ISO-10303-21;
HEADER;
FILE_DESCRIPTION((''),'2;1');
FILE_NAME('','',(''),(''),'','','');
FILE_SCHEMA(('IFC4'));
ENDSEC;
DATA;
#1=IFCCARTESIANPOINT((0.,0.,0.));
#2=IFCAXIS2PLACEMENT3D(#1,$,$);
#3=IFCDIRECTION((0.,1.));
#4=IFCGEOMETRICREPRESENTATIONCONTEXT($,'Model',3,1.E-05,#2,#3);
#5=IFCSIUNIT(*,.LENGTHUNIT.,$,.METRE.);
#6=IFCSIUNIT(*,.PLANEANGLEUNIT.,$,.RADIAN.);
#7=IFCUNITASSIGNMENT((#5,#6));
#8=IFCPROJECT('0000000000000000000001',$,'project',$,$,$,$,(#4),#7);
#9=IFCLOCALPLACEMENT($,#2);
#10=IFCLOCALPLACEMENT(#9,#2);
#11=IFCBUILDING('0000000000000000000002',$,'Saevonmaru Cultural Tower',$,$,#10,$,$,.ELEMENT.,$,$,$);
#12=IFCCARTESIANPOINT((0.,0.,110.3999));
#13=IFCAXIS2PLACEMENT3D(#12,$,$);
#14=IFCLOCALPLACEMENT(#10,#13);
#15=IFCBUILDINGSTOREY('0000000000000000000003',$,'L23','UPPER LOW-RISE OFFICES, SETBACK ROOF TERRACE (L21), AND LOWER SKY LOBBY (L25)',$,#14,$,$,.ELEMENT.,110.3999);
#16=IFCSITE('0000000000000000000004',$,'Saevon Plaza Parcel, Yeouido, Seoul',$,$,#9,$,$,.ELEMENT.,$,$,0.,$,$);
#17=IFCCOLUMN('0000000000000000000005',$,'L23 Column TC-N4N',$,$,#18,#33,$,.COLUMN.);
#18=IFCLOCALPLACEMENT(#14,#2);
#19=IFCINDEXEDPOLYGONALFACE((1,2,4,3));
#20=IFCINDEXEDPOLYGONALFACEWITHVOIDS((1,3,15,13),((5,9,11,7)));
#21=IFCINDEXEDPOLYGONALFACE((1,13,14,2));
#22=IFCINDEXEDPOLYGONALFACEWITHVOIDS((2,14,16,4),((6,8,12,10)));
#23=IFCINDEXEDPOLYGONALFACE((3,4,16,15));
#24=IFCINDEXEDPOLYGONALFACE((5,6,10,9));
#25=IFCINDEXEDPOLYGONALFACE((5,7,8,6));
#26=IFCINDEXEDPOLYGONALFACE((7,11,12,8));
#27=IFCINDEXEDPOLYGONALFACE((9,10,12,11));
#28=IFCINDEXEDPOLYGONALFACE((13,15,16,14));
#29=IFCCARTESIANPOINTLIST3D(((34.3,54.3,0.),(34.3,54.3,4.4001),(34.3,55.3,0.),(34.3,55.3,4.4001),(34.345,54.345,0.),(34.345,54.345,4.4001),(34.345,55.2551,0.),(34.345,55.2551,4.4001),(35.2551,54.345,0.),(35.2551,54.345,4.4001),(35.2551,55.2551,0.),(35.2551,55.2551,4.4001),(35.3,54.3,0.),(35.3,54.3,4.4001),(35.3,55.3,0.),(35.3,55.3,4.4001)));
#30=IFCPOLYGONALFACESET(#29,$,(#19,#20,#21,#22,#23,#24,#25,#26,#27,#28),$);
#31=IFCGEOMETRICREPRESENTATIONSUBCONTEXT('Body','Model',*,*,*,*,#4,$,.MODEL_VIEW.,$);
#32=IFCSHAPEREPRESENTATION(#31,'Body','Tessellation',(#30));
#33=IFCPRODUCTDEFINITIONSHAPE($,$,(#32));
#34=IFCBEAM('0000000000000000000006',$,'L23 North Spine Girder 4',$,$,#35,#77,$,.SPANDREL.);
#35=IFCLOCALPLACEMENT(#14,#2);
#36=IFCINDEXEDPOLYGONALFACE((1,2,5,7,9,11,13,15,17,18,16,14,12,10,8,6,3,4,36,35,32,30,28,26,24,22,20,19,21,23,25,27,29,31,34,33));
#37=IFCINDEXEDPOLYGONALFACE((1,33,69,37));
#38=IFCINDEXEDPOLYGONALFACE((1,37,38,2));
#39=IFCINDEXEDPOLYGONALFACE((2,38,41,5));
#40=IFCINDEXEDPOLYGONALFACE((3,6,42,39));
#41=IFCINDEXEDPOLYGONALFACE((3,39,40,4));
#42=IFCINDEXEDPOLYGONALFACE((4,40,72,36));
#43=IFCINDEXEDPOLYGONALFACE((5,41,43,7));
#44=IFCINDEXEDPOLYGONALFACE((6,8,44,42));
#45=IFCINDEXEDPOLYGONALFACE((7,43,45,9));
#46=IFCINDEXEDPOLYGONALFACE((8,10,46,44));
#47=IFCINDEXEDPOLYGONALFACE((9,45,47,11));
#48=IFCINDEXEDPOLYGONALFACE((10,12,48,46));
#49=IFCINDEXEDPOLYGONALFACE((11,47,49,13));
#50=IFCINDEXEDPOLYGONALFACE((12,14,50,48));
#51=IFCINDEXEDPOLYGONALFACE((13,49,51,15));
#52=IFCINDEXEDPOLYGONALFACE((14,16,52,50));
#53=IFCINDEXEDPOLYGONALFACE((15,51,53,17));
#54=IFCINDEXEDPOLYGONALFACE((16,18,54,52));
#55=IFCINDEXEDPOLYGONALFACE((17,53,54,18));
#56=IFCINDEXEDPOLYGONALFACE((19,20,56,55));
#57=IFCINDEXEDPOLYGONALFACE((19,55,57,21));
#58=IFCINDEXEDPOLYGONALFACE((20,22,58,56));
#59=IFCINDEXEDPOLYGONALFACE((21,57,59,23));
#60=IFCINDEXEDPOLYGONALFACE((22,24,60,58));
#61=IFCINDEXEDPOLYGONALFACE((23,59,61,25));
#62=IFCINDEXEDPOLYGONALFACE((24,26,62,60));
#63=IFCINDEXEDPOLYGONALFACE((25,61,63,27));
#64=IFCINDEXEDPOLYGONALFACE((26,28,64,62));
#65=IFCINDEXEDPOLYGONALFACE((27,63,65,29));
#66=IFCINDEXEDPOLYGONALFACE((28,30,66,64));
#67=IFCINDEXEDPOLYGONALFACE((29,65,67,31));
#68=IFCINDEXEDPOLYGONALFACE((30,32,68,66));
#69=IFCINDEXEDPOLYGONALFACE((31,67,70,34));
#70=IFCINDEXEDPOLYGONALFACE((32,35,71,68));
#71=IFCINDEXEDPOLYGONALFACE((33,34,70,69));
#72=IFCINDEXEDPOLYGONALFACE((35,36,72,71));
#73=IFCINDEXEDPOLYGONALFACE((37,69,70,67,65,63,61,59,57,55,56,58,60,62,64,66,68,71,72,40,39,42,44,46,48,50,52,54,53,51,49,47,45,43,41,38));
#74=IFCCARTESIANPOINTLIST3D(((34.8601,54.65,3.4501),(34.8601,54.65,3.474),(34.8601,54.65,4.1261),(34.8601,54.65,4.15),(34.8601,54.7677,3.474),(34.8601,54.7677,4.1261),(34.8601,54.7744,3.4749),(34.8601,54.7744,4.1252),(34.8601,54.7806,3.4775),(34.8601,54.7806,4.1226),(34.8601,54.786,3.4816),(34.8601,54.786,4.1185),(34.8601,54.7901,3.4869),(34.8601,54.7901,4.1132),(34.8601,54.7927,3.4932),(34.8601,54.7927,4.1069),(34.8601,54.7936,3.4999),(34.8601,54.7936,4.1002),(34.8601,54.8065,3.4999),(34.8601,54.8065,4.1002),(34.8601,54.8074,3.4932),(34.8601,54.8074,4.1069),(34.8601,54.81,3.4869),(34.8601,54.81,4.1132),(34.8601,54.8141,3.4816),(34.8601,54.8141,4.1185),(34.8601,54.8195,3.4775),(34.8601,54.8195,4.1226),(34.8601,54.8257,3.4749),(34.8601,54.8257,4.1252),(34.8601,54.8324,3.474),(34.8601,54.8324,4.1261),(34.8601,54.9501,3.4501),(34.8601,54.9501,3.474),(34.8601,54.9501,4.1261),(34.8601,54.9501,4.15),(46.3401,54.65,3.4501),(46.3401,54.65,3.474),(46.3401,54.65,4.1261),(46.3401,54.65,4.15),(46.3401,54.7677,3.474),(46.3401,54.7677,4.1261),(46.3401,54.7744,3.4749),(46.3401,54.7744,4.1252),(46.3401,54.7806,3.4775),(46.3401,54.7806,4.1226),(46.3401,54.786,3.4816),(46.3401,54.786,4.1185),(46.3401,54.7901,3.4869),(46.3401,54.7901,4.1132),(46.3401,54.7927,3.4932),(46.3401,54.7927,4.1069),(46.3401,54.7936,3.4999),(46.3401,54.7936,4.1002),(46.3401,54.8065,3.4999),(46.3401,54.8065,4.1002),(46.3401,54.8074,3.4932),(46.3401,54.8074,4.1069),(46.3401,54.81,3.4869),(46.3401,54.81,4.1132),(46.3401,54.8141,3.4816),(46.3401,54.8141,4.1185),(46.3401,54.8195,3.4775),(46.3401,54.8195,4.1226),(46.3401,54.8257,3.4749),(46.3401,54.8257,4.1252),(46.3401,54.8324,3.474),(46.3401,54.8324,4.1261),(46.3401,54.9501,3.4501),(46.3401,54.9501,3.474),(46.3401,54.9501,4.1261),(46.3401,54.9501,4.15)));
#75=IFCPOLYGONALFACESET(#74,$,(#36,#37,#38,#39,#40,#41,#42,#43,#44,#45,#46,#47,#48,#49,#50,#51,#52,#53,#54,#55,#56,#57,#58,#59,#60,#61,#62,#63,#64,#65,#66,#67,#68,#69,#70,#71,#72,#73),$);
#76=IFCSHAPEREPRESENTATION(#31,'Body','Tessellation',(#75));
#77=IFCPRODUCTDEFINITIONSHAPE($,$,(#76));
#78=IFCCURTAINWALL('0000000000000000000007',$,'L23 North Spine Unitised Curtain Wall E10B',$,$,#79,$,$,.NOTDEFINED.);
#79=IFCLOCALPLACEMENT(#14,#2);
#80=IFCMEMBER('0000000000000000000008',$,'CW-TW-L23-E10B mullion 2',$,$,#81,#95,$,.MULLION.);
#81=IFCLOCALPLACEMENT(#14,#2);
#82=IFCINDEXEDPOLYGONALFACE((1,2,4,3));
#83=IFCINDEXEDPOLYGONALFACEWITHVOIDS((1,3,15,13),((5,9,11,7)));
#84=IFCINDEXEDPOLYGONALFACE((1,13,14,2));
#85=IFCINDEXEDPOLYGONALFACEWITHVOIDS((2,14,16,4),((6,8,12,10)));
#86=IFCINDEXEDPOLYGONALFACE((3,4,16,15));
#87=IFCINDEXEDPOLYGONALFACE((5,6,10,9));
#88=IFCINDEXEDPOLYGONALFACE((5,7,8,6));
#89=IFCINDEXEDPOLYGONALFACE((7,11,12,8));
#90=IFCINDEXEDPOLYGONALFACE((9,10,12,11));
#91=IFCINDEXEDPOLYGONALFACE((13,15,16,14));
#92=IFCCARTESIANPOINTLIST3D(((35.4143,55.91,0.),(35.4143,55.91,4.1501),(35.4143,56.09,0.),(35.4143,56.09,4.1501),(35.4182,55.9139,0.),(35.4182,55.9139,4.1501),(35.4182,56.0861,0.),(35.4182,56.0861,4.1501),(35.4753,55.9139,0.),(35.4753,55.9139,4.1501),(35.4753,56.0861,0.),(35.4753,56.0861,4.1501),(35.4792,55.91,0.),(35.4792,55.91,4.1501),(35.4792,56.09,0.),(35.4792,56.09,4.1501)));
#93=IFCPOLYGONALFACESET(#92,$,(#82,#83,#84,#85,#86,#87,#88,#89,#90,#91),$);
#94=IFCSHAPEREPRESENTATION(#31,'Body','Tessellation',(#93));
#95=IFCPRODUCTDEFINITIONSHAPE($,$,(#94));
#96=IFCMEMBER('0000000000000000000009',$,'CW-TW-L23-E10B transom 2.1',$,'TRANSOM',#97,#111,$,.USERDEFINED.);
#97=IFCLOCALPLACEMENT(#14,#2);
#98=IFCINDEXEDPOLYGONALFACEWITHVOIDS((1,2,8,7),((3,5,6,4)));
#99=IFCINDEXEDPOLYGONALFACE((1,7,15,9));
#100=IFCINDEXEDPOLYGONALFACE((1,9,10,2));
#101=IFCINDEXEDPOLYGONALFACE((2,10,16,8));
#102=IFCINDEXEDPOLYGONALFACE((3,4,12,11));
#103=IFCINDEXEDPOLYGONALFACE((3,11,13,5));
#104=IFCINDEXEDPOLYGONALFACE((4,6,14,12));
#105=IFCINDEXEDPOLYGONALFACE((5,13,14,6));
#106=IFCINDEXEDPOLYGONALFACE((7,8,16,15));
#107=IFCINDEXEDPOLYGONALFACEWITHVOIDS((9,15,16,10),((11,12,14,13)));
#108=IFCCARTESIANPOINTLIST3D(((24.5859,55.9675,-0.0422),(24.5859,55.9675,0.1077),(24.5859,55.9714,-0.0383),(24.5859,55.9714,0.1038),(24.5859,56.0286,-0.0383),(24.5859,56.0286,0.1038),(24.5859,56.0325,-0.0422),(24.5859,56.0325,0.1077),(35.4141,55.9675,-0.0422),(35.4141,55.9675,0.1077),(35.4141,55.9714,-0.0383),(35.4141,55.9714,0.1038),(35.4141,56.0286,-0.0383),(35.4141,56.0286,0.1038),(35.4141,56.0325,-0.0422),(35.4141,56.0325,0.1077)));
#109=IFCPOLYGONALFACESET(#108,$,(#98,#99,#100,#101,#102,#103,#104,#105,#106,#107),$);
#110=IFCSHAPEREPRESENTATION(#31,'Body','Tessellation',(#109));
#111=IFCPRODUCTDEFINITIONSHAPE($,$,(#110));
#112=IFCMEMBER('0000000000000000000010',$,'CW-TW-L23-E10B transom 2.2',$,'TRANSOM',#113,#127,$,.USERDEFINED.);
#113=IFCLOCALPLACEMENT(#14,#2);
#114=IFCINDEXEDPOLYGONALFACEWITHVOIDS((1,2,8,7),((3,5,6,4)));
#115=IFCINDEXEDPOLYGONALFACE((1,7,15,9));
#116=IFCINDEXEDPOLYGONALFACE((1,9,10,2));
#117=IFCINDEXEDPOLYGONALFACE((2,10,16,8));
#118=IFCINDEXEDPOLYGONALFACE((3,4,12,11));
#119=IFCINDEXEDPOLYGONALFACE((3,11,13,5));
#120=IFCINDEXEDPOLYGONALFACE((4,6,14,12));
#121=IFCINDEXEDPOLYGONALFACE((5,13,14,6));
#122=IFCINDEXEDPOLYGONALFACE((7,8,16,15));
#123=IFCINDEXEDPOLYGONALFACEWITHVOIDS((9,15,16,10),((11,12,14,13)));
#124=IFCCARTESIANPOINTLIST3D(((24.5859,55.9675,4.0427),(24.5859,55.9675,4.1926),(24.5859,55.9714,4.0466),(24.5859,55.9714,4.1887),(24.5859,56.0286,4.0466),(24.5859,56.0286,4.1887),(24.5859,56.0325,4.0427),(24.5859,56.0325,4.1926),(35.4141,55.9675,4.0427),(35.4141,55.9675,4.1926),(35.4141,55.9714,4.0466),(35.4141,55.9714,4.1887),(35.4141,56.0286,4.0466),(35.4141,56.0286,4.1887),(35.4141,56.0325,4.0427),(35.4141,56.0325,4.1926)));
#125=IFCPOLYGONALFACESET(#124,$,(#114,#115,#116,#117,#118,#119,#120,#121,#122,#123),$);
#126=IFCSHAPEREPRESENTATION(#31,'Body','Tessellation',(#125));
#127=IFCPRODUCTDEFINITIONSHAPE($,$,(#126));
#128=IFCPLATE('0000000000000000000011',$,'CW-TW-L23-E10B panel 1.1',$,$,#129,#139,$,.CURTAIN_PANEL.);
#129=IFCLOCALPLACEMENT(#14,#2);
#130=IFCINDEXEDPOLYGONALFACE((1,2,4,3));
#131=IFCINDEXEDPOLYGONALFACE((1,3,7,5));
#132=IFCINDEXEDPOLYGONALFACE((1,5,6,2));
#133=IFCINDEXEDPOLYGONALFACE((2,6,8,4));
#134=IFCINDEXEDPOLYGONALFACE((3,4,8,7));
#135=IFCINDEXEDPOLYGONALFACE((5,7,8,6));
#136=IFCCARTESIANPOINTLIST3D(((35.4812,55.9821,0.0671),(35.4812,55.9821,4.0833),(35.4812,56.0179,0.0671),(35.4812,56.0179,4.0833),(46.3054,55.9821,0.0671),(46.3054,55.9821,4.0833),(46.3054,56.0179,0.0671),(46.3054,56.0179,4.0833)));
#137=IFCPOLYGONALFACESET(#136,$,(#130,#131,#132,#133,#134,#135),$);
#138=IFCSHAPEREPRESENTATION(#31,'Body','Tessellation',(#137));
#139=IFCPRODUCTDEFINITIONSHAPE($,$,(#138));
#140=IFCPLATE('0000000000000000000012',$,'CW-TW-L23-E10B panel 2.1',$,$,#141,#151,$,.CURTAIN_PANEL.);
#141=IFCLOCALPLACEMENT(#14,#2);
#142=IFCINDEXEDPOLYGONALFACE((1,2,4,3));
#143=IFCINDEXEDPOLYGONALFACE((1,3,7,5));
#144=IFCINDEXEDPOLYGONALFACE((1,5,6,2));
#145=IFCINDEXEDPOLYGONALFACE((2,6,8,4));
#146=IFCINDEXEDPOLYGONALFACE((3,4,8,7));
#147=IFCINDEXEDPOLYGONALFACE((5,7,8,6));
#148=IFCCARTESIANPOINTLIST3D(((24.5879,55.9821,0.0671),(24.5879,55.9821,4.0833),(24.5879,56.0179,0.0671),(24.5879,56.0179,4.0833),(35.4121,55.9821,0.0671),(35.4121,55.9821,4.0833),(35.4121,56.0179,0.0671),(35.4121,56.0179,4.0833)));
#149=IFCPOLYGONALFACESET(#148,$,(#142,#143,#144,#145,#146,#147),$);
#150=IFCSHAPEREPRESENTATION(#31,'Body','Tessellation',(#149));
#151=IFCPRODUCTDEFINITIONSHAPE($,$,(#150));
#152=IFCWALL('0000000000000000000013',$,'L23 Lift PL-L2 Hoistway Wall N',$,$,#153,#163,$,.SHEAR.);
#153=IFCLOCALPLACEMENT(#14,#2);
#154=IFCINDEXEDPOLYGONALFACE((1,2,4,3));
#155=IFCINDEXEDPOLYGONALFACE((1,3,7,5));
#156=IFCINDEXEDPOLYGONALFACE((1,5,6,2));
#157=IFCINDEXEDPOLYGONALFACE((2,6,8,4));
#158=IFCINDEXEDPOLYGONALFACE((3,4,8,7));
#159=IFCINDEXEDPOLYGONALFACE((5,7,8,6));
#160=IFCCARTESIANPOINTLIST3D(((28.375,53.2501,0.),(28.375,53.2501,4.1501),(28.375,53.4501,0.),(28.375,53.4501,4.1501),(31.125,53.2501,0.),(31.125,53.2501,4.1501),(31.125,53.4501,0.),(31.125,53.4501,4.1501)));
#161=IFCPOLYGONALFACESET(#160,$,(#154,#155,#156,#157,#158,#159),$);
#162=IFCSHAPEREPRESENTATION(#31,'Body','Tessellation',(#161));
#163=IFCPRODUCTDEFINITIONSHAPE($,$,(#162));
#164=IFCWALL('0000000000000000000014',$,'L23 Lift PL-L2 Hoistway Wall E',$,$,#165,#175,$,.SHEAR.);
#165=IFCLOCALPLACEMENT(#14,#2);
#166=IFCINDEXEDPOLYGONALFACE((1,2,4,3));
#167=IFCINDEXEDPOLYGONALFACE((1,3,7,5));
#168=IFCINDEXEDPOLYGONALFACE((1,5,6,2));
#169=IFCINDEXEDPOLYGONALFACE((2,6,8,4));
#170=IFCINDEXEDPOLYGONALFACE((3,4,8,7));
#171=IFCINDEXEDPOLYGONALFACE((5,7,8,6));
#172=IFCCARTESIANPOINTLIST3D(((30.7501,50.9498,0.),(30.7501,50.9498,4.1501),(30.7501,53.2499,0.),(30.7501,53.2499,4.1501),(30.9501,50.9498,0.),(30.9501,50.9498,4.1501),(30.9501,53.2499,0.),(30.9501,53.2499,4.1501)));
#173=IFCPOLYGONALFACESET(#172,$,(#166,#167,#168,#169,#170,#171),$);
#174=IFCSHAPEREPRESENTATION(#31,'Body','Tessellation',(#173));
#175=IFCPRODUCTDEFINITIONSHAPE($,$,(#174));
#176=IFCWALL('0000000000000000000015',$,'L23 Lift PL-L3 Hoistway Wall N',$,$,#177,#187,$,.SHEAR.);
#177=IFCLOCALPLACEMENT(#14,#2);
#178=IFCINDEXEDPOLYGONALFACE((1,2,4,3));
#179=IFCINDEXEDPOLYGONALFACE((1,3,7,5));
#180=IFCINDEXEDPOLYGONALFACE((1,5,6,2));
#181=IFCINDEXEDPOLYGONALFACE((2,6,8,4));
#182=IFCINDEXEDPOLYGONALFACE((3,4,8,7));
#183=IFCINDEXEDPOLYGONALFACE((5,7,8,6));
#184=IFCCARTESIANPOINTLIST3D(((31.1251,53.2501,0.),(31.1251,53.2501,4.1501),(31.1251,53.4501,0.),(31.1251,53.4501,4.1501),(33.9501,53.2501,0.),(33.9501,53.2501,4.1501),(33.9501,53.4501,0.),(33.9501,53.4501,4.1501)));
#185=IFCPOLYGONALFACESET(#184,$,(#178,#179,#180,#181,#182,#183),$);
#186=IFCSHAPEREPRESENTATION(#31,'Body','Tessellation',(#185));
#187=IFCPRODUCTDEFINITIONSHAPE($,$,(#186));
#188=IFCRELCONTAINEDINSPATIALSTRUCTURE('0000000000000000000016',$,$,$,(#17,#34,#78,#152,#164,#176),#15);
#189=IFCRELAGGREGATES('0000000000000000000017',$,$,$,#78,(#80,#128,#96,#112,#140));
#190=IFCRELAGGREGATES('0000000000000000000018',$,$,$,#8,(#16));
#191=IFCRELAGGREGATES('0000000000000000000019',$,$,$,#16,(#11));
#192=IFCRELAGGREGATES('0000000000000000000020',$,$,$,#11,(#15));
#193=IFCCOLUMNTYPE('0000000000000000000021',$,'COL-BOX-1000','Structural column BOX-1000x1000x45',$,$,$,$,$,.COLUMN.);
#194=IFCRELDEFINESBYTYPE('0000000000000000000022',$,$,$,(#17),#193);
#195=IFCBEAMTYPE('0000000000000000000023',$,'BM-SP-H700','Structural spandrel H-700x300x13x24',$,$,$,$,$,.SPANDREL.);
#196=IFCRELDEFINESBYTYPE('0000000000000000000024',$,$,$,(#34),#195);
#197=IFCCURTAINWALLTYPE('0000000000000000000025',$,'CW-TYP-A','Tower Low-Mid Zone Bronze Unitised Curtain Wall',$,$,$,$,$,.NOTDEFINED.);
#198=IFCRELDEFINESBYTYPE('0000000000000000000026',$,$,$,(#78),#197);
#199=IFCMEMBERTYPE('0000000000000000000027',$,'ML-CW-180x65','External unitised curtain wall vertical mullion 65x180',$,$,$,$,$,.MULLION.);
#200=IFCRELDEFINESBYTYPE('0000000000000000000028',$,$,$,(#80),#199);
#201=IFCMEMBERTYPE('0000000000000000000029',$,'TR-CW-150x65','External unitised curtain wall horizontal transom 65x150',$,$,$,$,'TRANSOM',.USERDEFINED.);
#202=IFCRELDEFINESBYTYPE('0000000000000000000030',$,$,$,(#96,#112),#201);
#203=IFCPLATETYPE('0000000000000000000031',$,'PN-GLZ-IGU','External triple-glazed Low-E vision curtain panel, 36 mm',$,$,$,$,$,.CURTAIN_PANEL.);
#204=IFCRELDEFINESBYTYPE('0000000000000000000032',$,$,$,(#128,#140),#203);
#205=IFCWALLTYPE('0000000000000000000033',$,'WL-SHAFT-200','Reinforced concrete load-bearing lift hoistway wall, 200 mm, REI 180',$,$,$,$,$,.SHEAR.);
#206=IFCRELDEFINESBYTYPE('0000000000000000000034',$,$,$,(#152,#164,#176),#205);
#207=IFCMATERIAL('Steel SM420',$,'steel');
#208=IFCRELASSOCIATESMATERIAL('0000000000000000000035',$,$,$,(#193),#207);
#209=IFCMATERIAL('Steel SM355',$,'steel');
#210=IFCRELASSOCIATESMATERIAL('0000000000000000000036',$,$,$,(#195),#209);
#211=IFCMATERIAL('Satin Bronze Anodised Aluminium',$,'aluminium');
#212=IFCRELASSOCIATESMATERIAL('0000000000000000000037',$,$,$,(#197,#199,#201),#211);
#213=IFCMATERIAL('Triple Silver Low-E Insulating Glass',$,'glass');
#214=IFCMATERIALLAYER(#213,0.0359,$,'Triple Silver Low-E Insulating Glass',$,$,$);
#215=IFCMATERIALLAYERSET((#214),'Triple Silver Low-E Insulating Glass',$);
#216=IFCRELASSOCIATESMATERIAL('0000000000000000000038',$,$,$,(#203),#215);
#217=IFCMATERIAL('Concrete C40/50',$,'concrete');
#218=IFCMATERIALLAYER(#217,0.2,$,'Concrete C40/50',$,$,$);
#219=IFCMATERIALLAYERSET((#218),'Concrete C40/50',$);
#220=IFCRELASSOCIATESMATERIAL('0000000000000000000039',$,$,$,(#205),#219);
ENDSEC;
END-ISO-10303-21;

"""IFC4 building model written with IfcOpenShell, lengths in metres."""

from ifc_helpers import new_model, si_unit, direction, frame, frame_2d, origin, origin_2d, place, context, subcontext, project, spatial, rectangle, hollow_rectangle, i_section, extrude, material, layer, layer_set, material_profile, profile_set, type_object, element, aggregate, save


model = new_model("IFC4")

# Units and contexts
model_context = context("Model", 3, precision=1e-05, world=origin(), true_north=direction((0.0, 1.0)))
body_context = subcontext(model_context, "Body", "Model", "MODEL_VIEW")
ifc_project = project(units=[si_unit("LENGTHUNIT", "METRE"), si_unit("PLANEANGLEUNIT", "RADIAN")], contexts=[model_context])

# Site, building, storey
site_placement = place(None, origin())
site = spatial("IfcSite", under=ifc_project, at=site_placement, Name="Saevon Plaza Parcel, Yeouido, Seoul", CompositionType="ELEMENT", RefElevation=0.0)
building_placement = place(site_placement, origin())
building = spatial("IfcBuilding", under=site, at=building_placement, Name="Saevonmaru Cultural Tower", CompositionType="ELEMENT")
storey_placement = place(building_placement, frame((0.0, 0.0, 110.3999)))
storey = spatial("IfcBuildingStorey", under=building, at=storey_placement, Name="L23", Description="UPPER LOW-RISE OFFICES, SETBACK ROOF TERRACE (L21), AND LOWER SKY LOBBY (L25)", CompositionType="ELEMENT", Elevation=110.3999)

# Column
ifc_material_1 = material(Name="Steel SM420", Category="steel")
ifc_material_profile_1 = material_profile(ifc_material_1, hollow_rectangle(XDim=1.0, YDim=1.0, WallThickness=0.0449, at=origin_2d()), Name="BOX-1000x1000x45")
ifc_profile_set_1 = profile_set([ifc_material_profile_1], Name="Steel SM420")
column_type = type_object("IfcColumnType", Name="COL-BOX-1000", Description="Structural column BOX-1000x1000x45", PredefinedType="COLUMN", material=ifc_profile_set_1)
column_placement = place(storey_placement, frame((34.8, 54.8, 0.0), z_axis=(0.0, 0.0, 1.0), x_axis=(1.0, 0.0, 0.0)))
element("IfcColumn", 1, at=column_placement, inside=storey, type_object=column_type, Name="L23 Column TC-N4N", PredefinedType="COLUMN", context=body_context, shape_type="SweptSolid", body=[
    extrude(hollow_rectangle(XDim=1.0, YDim=1.0, WallThickness=0.0449, at=origin_2d()), origin(), (0.0, 0.0, 1.0), 4.4001),
])

# Beam
ifc_material_2 = material(Name="Steel SM355", Category="steel")
ifc_material_profile_2 = material_profile(ifc_material_2, i_section(OverallWidth=0.3, OverallDepth=0.7, WebThickness=0.0129, FlangeThickness=0.0239, FilletRadius=0.0259, at=origin_2d()), Name="H-700x300x13x24")
ifc_profile_set_2 = profile_set([ifc_material_profile_2], Name="Steel SM355")
beam_type = type_object("IfcBeamType", Name="BM-SP-H700", Description="Structural spandrel H-700x300x13x24", PredefinedType="SPANDREL", material=ifc_profile_set_2)
beam_placement = place(storey_placement, frame((34.8601, 54.8, 3.8), z_axis=(1.0, 0.0, 0.0), x_axis=(0.0, 1.0, 0.0)))
element("IfcBeam", 2, at=beam_placement, inside=storey, type_object=beam_type, Name="L23 North Spine Girder 4", PredefinedType="SPANDREL", context=body_context, shape_type="SweptSolid", body=[
    extrude(i_section(OverallWidth=0.3, OverallDepth=0.7, WebThickness=0.0129, FlangeThickness=0.0239, FilletRadius=0.0259, at=origin_2d()), origin(), (0.0, 0.0, 1.0), 11.48),
])

# Curtain wall, members, plates
ifc_material_3 = material(Name="Satin Bronze Anodised Aluminium", Category="aluminium")
curtain_wall_type = type_object("IfcCurtainWallType", Name="CW-TYP-A", Description="Tower Low-Mid Zone Bronze Unitised Curtain Wall", PredefinedType="NOTDEFINED", material=ifc_material_3)
curtain_wall_placement = place(storey_placement, origin())
curtain_wall = element("IfcCurtainWall", 3, at=curtain_wall_placement, inside=storey, type_object=curtain_wall_type, Name="L23 North Spine Unitised Curtain Wall E10B", PredefinedType="NOTDEFINED")
ifc_material_profile_3 = material_profile(ifc_material_3, hollow_rectangle(XDim=0.0649, YDim=0.1799, WallThickness=0.0039, at=origin_2d()), Name="ALU-MULL-180x65x4")
ifc_profile_set_3 = profile_set([ifc_material_profile_3], Name="Satin Bronze Anodised Aluminium")
member_type_1 = type_object("IfcMemberType", Name="ML-CW-180x65", Description="External unitised curtain wall vertical mullion 65x180", PredefinedType="MULLION", material=ifc_profile_set_3)
member_1_placement = place(storey_placement, frame((35.4468, 56.0, 0.0), z_axis=(0.0, 0.0, 1.0), x_axis=(-1.0, 0.0, 0.0)))
member_1 = element("IfcMember", 4, at=member_1_placement, type_object=member_type_1, Name="CW-TW-L23-E10B mullion 2", PredefinedType="MULLION", context=body_context, shape_type="SweptSolid", body=[
    extrude(hollow_rectangle(XDim=0.0649, YDim=0.1799, WallThickness=0.0039, at=origin_2d()), origin(), (0.0, 0.0, 1.0), 4.1501),
])
ifc_material_profile_4 = material_profile(ifc_material_3, hollow_rectangle(XDim=0.0649, YDim=0.1499, WallThickness=0.0039, at=origin_2d()), Name="ALU-TRAN-150x65x4")
ifc_profile_set_4 = profile_set([ifc_material_profile_4], Name="Satin Bronze Anodised Aluminium")
member_type_2 = type_object("IfcMemberType", Name="TR-CW-150x65", Description="External unitised curtain wall horizontal transom 65x150", ElementType="TRANSOM", PredefinedType="USERDEFINED", material=ifc_profile_set_4)
member_2_placement = place(storey_placement, frame((35.4141, 56.0, 0.0327), z_axis=(-1.0, 0.0, 0.0), x_axis=(0.0, -1.0, 0.0)))
member_2 = element("IfcMember", 5, at=member_2_placement, type_object=member_type_2, Name="CW-TW-L23-E10B transom 2.1", ObjectType="TRANSOM", PredefinedType="USERDEFINED", context=body_context, shape_type="SweptSolid", body=[
    extrude(hollow_rectangle(XDim=0.0649, YDim=0.1499, WallThickness=0.0039, at=origin_2d()), origin(), (0.0, 0.0, 1.0), 10.8281),
])
member_3_placement = place(storey_placement, frame((35.4141, 56.0, 4.1177), z_axis=(-1.0, 0.0, 0.0), x_axis=(0.0, -1.0, 0.0)))
member_3 = element("IfcMember", 6, at=member_3_placement, type_object=member_type_2, Name="CW-TW-L23-E10B transom 2.2", ObjectType="TRANSOM", PredefinedType="USERDEFINED", context=body_context, shape_type="SweptSolid", body=[
    extrude(hollow_rectangle(XDim=0.0649, YDim=0.1499, WallThickness=0.0039, at=origin_2d()), origin(), (0.0, 0.0, 1.0), 10.8281),
])
ifc_material_4 = material(Name="Triple Silver Low-E Insulating Glass", Category="glass")
ifc_layer_1 = layer(ifc_material_4, 0.0359, Name="Triple Silver Low-E Insulating Glass")
ifc_layer_set_1 = layer_set([ifc_layer_1], Name="Triple Silver Low-E Insulating Glass")
plate_type = type_object("IfcPlateType", Name="PN-GLZ-IGU", Description="External triple-glazed Low-E vision curtain panel, 36 mm", PredefinedType="CURTAIN_PANEL", material=ifc_layer_set_1)
plate_1_placement = place(storey_placement, frame((40.8933, 56.0, 0.0671), z_axis=(0.0, 0.0, 1.0), x_axis=(-1.0, 0.0, 0.0)))
plate_1 = element("IfcPlate", 7, at=plate_1_placement, type_object=plate_type, Name="CW-TW-L23-E10B panel 1.1", PredefinedType="CURTAIN_PANEL", context=body_context, shape_type="SweptSolid", body=[
    extrude(rectangle(XDim=10.8242, YDim=0.0359, at=origin_2d()), origin(), (0.0, 0.0, 1.0), 4.0161),
])
plate_2_placement = place(storey_placement, frame((30.0, 56.0, 0.0671), z_axis=(0.0, 0.0, 1.0), x_axis=(-1.0, 0.0, 0.0)))
plate_2 = element("IfcPlate", 8, at=plate_2_placement, type_object=plate_type, Name="CW-TW-L23-E10B panel 2.1", PredefinedType="CURTAIN_PANEL", context=body_context, shape_type="SweptSolid", body=[
    extrude(rectangle(XDim=10.8242, YDim=0.0359, at=origin_2d()), origin(), (0.0, 0.0, 1.0), 4.0161),
])
aggregate(curtain_wall, [member_1, plate_1, member_2, member_3, plate_2])

# Walls
ifc_material_5 = material(Name="Concrete C40/50", Category="concrete")
ifc_layer_2 = layer(ifc_material_5, 0.2, Name="Concrete C40/50")
ifc_layer_set_2 = layer_set([ifc_layer_2], Name="Concrete C40/50")
wall_type_1 = type_object("IfcWallType", Name="WL-SHAFT-200", Description="Reinforced concrete load-bearing lift hoistway wall, 200 mm, REI 180", PredefinedType="SHEAR", material=ifc_layer_set_2)
wall_1_placement = place(storey_placement, frame((28.375, 53.3501, 0.0), z_axis=(0.0, 0.0, 1.0), x_axis=(1.0, 0.0, 0.0)))
element("IfcWall", 9, at=wall_1_placement, inside=storey, type_object=wall_type_1, Name="L23 Lift PL-L2 Hoistway Wall N", PredefinedType="SHEAR", context=body_context, shape_type="SweptSolid", body=[
    extrude(rectangle(XDim=2.75, YDim=0.2, at=frame_2d((1.375, 0.0))), origin(), (0.0, 0.0, 1.0), 4.1501),
])
wall_2_placement = place(storey_placement, frame((30.8501, 50.95, 0.0), z_axis=(0.0, 0.0, 1.0), x_axis=(0.0, 1.0, 0.0)))
element("IfcWall", 10, at=wall_2_placement, inside=storey, type_object=wall_type_1, Name="L23 Lift PL-L2 Hoistway Wall E", PredefinedType="SHEAR", context=body_context, shape_type="SweptSolid", body=[
    extrude(rectangle(XDim=2.3, YDim=0.2, at=frame_2d((1.1499, 0.0))), origin(), (0.0, 0.0, 1.0), 4.1501),
])
wall_3_placement = place(storey_placement, frame((31.125, 53.3501, 0.0), z_axis=(0.0, 0.0, 1.0), x_axis=(1.0, 0.0, 0.0)))
element("IfcWall", 11, at=wall_3_placement, inside=storey, type_object=wall_type_1, Name="L23 Lift PL-L3 Hoistway Wall N", PredefinedType="SHEAR", context=body_context, shape_type="SweptSolid", body=[
    extrude(rectangle(XDim=2.825, YDim=0.2, at=frame_2d((1.4126, 0.0))), origin(), (0.0, 0.0, 1.0), 4.1501),
])

save(model, "model.ifc")
